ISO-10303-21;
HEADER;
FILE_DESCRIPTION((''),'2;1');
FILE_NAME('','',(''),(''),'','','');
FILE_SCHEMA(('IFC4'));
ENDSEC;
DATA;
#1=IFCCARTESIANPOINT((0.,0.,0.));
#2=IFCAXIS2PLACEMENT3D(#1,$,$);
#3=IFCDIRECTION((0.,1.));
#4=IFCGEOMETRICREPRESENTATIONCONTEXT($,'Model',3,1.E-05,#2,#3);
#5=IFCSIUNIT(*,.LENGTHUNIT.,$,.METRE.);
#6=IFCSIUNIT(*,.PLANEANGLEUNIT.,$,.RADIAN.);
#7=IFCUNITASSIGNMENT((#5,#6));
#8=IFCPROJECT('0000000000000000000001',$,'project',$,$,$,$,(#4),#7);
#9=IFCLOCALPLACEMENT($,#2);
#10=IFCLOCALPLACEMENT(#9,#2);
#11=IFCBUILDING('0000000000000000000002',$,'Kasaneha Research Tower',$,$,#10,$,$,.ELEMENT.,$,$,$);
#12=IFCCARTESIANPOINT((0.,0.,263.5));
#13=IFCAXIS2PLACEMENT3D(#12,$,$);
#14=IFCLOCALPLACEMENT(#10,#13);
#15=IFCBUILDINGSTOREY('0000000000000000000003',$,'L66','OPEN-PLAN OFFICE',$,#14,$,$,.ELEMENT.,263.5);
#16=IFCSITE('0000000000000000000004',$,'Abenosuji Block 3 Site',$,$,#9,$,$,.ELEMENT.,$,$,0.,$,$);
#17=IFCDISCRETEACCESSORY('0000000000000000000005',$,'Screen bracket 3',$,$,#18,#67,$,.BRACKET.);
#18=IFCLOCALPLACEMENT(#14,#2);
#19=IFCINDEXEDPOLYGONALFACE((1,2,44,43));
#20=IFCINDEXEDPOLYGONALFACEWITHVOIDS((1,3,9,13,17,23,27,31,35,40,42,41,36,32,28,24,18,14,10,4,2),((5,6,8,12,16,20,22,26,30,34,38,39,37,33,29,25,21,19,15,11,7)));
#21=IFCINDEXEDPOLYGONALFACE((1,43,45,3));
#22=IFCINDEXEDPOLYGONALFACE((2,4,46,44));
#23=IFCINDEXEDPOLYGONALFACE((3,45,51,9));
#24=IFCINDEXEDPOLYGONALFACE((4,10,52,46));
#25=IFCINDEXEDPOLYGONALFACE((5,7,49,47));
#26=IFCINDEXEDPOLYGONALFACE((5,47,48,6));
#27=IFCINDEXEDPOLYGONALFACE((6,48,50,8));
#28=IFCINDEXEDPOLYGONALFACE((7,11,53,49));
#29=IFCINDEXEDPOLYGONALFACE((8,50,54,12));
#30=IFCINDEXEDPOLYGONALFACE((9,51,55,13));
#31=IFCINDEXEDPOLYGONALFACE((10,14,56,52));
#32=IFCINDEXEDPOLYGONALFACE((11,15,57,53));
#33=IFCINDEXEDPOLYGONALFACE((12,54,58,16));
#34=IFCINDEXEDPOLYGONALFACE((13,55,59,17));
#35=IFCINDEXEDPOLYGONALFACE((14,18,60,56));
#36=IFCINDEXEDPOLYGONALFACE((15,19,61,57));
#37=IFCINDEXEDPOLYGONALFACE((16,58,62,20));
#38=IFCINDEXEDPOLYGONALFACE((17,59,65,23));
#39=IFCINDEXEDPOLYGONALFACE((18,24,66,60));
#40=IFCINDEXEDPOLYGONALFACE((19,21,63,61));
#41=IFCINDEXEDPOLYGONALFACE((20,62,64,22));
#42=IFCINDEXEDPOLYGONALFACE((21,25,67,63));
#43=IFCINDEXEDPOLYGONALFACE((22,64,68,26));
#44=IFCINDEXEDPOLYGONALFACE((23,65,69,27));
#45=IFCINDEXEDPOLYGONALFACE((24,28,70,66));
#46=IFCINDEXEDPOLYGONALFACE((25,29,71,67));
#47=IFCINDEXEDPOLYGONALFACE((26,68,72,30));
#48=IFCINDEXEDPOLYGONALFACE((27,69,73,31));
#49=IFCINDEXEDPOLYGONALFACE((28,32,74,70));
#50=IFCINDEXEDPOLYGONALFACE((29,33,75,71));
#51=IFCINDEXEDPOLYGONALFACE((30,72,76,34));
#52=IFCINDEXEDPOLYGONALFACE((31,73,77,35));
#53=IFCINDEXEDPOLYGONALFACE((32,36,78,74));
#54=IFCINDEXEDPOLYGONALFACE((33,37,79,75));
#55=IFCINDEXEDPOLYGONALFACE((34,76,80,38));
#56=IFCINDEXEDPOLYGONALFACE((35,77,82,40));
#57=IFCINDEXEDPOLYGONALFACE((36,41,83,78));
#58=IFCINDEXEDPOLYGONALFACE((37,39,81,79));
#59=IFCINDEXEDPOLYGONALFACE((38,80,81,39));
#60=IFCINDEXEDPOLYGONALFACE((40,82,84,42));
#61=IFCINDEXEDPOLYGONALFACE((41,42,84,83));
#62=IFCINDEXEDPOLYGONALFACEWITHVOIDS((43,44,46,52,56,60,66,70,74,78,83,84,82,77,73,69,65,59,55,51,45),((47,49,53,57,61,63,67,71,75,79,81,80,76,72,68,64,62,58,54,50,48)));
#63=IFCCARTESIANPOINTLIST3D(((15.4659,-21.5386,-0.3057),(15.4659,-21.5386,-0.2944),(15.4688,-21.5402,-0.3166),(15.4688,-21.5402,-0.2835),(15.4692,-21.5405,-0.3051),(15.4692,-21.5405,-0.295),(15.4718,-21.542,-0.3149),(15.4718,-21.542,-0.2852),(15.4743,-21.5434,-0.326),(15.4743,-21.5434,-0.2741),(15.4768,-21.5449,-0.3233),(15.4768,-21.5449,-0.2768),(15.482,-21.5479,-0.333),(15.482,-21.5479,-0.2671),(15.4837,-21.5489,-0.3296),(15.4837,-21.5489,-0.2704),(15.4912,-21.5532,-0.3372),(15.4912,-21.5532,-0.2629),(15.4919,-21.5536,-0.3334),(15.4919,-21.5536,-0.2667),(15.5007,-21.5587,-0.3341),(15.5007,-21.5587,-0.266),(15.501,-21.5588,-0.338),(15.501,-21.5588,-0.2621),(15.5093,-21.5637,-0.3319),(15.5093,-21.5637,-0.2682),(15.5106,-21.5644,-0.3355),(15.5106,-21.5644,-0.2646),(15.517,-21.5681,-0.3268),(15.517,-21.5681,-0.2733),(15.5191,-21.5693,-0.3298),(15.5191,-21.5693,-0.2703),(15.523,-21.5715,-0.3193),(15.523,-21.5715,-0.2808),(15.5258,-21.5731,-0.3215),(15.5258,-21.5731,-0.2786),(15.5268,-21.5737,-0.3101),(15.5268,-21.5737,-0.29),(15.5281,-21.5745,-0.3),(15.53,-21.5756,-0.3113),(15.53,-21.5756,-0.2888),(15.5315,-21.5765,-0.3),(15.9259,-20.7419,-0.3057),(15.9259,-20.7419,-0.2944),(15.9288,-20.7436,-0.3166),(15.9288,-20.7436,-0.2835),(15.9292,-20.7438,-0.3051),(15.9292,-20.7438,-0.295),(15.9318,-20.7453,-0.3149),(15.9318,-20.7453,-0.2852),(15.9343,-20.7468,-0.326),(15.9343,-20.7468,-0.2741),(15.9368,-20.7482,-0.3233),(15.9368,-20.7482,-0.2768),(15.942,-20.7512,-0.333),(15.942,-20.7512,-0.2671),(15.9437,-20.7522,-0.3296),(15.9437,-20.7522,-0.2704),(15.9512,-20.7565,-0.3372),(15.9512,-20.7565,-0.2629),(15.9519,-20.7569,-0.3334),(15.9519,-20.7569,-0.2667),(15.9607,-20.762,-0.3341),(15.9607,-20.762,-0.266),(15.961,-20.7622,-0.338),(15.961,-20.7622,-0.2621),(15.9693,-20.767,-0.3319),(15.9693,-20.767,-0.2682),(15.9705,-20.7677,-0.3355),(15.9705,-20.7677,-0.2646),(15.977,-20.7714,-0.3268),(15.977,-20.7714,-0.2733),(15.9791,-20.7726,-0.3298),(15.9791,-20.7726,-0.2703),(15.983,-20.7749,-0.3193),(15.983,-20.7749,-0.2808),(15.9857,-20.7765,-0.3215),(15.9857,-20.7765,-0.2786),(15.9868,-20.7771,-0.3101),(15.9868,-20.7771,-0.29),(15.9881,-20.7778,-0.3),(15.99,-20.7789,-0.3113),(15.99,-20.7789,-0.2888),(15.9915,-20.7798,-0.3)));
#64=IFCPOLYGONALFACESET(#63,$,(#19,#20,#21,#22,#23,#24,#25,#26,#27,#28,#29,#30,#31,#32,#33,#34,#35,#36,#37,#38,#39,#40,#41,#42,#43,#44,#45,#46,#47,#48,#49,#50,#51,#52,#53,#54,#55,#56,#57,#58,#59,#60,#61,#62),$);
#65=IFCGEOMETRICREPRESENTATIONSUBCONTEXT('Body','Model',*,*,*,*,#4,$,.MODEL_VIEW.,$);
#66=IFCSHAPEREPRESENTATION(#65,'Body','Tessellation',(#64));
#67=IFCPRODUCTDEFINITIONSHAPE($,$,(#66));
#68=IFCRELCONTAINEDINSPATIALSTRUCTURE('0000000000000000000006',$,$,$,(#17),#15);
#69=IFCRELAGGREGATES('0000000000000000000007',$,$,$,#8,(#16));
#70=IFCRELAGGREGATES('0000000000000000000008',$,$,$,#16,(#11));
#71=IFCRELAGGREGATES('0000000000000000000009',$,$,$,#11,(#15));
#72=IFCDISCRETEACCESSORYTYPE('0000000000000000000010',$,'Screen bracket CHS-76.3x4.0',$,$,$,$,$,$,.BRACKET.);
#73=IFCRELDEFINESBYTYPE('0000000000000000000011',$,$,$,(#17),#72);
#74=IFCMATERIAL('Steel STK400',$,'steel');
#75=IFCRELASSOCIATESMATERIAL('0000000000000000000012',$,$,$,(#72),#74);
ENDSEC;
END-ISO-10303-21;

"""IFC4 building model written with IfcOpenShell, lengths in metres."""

from ifc_helpers import new_model, si_unit, direction, frame, origin, origin_2d, place, context, subcontext, project, spatial, hollow_circle, extrude, material, material_profile, profile_set, type_object, element, save


model = new_model("IFC4")

# Units and contexts
model_context = context("Model", 3, precision=1e-05, world=origin(), true_north=direction((0.0, 1.0)))
body_context = subcontext(model_context, "Body", "Model", "MODEL_VIEW")
ifc_project = project(units=[si_unit("LENGTHUNIT", "METRE"), si_unit("PLANEANGLEUNIT", "RADIAN")], contexts=[model_context])

# Site, building, storey
site_placement = place(None, origin())
site = spatial("IfcSite", under=ifc_project, at=site_placement, Name="Abenosuji Block 3 Site", CompositionType="ELEMENT", RefElevation=0.0)
building_placement = place(site_placement, origin())
building = spatial("IfcBuilding", under=site, at=building_placement, Name="Kasaneha Research Tower", CompositionType="ELEMENT")
storey_placement = place(building_placement, frame((0.0, 0.0, 263.5)))
storey = spatial("IfcBuildingStorey", under=building, at=storey_placement, Name="L66", Description="OPEN-PLAN OFFICE", CompositionType="ELEMENT", Elevation=263.5)

# Discrete accessory
ifc_material_1 = material(Name="Steel STK400", Category="steel")
ifc_material_profile_1 = material_profile(ifc_material_1, hollow_circle(Radius=0.0381, WallThickness=0.0039, at=origin_2d()), Name="CHS-76.3x4.0")
ifc_profile_set_1 = profile_set([ifc_material_profile_1], Name="Steel STK400")
discrete_accessory_type = type_object("IfcDiscreteAccessoryType", Name="Screen bracket CHS-76.3x4.0", PredefinedType="BRACKET", material=ifc_profile_set_1)
discrete_accessory_1_placement = place(storey_placement, frame((15.9585, -20.7607, -0.3), z_axis=(-0.500021, -0.866013, 0.0), x_axis=(0.866013, -0.500021, 0.0)))
element("IfcDiscreteAccessory", 1, at=discrete_accessory_1_placement, inside=storey, type_object=discrete_accessory_type, Name="Screen bracket 3", PredefinedType="BRACKET", context=body_context, shape_type="SweptSolid", body=[
    extrude(hollow_circle(Radius=0.0381, WallThickness=0.0039, at=origin_2d()), origin(), (0.0, 0.0, 1.0), 0.9199),
])

save(model, "model.ifc")
